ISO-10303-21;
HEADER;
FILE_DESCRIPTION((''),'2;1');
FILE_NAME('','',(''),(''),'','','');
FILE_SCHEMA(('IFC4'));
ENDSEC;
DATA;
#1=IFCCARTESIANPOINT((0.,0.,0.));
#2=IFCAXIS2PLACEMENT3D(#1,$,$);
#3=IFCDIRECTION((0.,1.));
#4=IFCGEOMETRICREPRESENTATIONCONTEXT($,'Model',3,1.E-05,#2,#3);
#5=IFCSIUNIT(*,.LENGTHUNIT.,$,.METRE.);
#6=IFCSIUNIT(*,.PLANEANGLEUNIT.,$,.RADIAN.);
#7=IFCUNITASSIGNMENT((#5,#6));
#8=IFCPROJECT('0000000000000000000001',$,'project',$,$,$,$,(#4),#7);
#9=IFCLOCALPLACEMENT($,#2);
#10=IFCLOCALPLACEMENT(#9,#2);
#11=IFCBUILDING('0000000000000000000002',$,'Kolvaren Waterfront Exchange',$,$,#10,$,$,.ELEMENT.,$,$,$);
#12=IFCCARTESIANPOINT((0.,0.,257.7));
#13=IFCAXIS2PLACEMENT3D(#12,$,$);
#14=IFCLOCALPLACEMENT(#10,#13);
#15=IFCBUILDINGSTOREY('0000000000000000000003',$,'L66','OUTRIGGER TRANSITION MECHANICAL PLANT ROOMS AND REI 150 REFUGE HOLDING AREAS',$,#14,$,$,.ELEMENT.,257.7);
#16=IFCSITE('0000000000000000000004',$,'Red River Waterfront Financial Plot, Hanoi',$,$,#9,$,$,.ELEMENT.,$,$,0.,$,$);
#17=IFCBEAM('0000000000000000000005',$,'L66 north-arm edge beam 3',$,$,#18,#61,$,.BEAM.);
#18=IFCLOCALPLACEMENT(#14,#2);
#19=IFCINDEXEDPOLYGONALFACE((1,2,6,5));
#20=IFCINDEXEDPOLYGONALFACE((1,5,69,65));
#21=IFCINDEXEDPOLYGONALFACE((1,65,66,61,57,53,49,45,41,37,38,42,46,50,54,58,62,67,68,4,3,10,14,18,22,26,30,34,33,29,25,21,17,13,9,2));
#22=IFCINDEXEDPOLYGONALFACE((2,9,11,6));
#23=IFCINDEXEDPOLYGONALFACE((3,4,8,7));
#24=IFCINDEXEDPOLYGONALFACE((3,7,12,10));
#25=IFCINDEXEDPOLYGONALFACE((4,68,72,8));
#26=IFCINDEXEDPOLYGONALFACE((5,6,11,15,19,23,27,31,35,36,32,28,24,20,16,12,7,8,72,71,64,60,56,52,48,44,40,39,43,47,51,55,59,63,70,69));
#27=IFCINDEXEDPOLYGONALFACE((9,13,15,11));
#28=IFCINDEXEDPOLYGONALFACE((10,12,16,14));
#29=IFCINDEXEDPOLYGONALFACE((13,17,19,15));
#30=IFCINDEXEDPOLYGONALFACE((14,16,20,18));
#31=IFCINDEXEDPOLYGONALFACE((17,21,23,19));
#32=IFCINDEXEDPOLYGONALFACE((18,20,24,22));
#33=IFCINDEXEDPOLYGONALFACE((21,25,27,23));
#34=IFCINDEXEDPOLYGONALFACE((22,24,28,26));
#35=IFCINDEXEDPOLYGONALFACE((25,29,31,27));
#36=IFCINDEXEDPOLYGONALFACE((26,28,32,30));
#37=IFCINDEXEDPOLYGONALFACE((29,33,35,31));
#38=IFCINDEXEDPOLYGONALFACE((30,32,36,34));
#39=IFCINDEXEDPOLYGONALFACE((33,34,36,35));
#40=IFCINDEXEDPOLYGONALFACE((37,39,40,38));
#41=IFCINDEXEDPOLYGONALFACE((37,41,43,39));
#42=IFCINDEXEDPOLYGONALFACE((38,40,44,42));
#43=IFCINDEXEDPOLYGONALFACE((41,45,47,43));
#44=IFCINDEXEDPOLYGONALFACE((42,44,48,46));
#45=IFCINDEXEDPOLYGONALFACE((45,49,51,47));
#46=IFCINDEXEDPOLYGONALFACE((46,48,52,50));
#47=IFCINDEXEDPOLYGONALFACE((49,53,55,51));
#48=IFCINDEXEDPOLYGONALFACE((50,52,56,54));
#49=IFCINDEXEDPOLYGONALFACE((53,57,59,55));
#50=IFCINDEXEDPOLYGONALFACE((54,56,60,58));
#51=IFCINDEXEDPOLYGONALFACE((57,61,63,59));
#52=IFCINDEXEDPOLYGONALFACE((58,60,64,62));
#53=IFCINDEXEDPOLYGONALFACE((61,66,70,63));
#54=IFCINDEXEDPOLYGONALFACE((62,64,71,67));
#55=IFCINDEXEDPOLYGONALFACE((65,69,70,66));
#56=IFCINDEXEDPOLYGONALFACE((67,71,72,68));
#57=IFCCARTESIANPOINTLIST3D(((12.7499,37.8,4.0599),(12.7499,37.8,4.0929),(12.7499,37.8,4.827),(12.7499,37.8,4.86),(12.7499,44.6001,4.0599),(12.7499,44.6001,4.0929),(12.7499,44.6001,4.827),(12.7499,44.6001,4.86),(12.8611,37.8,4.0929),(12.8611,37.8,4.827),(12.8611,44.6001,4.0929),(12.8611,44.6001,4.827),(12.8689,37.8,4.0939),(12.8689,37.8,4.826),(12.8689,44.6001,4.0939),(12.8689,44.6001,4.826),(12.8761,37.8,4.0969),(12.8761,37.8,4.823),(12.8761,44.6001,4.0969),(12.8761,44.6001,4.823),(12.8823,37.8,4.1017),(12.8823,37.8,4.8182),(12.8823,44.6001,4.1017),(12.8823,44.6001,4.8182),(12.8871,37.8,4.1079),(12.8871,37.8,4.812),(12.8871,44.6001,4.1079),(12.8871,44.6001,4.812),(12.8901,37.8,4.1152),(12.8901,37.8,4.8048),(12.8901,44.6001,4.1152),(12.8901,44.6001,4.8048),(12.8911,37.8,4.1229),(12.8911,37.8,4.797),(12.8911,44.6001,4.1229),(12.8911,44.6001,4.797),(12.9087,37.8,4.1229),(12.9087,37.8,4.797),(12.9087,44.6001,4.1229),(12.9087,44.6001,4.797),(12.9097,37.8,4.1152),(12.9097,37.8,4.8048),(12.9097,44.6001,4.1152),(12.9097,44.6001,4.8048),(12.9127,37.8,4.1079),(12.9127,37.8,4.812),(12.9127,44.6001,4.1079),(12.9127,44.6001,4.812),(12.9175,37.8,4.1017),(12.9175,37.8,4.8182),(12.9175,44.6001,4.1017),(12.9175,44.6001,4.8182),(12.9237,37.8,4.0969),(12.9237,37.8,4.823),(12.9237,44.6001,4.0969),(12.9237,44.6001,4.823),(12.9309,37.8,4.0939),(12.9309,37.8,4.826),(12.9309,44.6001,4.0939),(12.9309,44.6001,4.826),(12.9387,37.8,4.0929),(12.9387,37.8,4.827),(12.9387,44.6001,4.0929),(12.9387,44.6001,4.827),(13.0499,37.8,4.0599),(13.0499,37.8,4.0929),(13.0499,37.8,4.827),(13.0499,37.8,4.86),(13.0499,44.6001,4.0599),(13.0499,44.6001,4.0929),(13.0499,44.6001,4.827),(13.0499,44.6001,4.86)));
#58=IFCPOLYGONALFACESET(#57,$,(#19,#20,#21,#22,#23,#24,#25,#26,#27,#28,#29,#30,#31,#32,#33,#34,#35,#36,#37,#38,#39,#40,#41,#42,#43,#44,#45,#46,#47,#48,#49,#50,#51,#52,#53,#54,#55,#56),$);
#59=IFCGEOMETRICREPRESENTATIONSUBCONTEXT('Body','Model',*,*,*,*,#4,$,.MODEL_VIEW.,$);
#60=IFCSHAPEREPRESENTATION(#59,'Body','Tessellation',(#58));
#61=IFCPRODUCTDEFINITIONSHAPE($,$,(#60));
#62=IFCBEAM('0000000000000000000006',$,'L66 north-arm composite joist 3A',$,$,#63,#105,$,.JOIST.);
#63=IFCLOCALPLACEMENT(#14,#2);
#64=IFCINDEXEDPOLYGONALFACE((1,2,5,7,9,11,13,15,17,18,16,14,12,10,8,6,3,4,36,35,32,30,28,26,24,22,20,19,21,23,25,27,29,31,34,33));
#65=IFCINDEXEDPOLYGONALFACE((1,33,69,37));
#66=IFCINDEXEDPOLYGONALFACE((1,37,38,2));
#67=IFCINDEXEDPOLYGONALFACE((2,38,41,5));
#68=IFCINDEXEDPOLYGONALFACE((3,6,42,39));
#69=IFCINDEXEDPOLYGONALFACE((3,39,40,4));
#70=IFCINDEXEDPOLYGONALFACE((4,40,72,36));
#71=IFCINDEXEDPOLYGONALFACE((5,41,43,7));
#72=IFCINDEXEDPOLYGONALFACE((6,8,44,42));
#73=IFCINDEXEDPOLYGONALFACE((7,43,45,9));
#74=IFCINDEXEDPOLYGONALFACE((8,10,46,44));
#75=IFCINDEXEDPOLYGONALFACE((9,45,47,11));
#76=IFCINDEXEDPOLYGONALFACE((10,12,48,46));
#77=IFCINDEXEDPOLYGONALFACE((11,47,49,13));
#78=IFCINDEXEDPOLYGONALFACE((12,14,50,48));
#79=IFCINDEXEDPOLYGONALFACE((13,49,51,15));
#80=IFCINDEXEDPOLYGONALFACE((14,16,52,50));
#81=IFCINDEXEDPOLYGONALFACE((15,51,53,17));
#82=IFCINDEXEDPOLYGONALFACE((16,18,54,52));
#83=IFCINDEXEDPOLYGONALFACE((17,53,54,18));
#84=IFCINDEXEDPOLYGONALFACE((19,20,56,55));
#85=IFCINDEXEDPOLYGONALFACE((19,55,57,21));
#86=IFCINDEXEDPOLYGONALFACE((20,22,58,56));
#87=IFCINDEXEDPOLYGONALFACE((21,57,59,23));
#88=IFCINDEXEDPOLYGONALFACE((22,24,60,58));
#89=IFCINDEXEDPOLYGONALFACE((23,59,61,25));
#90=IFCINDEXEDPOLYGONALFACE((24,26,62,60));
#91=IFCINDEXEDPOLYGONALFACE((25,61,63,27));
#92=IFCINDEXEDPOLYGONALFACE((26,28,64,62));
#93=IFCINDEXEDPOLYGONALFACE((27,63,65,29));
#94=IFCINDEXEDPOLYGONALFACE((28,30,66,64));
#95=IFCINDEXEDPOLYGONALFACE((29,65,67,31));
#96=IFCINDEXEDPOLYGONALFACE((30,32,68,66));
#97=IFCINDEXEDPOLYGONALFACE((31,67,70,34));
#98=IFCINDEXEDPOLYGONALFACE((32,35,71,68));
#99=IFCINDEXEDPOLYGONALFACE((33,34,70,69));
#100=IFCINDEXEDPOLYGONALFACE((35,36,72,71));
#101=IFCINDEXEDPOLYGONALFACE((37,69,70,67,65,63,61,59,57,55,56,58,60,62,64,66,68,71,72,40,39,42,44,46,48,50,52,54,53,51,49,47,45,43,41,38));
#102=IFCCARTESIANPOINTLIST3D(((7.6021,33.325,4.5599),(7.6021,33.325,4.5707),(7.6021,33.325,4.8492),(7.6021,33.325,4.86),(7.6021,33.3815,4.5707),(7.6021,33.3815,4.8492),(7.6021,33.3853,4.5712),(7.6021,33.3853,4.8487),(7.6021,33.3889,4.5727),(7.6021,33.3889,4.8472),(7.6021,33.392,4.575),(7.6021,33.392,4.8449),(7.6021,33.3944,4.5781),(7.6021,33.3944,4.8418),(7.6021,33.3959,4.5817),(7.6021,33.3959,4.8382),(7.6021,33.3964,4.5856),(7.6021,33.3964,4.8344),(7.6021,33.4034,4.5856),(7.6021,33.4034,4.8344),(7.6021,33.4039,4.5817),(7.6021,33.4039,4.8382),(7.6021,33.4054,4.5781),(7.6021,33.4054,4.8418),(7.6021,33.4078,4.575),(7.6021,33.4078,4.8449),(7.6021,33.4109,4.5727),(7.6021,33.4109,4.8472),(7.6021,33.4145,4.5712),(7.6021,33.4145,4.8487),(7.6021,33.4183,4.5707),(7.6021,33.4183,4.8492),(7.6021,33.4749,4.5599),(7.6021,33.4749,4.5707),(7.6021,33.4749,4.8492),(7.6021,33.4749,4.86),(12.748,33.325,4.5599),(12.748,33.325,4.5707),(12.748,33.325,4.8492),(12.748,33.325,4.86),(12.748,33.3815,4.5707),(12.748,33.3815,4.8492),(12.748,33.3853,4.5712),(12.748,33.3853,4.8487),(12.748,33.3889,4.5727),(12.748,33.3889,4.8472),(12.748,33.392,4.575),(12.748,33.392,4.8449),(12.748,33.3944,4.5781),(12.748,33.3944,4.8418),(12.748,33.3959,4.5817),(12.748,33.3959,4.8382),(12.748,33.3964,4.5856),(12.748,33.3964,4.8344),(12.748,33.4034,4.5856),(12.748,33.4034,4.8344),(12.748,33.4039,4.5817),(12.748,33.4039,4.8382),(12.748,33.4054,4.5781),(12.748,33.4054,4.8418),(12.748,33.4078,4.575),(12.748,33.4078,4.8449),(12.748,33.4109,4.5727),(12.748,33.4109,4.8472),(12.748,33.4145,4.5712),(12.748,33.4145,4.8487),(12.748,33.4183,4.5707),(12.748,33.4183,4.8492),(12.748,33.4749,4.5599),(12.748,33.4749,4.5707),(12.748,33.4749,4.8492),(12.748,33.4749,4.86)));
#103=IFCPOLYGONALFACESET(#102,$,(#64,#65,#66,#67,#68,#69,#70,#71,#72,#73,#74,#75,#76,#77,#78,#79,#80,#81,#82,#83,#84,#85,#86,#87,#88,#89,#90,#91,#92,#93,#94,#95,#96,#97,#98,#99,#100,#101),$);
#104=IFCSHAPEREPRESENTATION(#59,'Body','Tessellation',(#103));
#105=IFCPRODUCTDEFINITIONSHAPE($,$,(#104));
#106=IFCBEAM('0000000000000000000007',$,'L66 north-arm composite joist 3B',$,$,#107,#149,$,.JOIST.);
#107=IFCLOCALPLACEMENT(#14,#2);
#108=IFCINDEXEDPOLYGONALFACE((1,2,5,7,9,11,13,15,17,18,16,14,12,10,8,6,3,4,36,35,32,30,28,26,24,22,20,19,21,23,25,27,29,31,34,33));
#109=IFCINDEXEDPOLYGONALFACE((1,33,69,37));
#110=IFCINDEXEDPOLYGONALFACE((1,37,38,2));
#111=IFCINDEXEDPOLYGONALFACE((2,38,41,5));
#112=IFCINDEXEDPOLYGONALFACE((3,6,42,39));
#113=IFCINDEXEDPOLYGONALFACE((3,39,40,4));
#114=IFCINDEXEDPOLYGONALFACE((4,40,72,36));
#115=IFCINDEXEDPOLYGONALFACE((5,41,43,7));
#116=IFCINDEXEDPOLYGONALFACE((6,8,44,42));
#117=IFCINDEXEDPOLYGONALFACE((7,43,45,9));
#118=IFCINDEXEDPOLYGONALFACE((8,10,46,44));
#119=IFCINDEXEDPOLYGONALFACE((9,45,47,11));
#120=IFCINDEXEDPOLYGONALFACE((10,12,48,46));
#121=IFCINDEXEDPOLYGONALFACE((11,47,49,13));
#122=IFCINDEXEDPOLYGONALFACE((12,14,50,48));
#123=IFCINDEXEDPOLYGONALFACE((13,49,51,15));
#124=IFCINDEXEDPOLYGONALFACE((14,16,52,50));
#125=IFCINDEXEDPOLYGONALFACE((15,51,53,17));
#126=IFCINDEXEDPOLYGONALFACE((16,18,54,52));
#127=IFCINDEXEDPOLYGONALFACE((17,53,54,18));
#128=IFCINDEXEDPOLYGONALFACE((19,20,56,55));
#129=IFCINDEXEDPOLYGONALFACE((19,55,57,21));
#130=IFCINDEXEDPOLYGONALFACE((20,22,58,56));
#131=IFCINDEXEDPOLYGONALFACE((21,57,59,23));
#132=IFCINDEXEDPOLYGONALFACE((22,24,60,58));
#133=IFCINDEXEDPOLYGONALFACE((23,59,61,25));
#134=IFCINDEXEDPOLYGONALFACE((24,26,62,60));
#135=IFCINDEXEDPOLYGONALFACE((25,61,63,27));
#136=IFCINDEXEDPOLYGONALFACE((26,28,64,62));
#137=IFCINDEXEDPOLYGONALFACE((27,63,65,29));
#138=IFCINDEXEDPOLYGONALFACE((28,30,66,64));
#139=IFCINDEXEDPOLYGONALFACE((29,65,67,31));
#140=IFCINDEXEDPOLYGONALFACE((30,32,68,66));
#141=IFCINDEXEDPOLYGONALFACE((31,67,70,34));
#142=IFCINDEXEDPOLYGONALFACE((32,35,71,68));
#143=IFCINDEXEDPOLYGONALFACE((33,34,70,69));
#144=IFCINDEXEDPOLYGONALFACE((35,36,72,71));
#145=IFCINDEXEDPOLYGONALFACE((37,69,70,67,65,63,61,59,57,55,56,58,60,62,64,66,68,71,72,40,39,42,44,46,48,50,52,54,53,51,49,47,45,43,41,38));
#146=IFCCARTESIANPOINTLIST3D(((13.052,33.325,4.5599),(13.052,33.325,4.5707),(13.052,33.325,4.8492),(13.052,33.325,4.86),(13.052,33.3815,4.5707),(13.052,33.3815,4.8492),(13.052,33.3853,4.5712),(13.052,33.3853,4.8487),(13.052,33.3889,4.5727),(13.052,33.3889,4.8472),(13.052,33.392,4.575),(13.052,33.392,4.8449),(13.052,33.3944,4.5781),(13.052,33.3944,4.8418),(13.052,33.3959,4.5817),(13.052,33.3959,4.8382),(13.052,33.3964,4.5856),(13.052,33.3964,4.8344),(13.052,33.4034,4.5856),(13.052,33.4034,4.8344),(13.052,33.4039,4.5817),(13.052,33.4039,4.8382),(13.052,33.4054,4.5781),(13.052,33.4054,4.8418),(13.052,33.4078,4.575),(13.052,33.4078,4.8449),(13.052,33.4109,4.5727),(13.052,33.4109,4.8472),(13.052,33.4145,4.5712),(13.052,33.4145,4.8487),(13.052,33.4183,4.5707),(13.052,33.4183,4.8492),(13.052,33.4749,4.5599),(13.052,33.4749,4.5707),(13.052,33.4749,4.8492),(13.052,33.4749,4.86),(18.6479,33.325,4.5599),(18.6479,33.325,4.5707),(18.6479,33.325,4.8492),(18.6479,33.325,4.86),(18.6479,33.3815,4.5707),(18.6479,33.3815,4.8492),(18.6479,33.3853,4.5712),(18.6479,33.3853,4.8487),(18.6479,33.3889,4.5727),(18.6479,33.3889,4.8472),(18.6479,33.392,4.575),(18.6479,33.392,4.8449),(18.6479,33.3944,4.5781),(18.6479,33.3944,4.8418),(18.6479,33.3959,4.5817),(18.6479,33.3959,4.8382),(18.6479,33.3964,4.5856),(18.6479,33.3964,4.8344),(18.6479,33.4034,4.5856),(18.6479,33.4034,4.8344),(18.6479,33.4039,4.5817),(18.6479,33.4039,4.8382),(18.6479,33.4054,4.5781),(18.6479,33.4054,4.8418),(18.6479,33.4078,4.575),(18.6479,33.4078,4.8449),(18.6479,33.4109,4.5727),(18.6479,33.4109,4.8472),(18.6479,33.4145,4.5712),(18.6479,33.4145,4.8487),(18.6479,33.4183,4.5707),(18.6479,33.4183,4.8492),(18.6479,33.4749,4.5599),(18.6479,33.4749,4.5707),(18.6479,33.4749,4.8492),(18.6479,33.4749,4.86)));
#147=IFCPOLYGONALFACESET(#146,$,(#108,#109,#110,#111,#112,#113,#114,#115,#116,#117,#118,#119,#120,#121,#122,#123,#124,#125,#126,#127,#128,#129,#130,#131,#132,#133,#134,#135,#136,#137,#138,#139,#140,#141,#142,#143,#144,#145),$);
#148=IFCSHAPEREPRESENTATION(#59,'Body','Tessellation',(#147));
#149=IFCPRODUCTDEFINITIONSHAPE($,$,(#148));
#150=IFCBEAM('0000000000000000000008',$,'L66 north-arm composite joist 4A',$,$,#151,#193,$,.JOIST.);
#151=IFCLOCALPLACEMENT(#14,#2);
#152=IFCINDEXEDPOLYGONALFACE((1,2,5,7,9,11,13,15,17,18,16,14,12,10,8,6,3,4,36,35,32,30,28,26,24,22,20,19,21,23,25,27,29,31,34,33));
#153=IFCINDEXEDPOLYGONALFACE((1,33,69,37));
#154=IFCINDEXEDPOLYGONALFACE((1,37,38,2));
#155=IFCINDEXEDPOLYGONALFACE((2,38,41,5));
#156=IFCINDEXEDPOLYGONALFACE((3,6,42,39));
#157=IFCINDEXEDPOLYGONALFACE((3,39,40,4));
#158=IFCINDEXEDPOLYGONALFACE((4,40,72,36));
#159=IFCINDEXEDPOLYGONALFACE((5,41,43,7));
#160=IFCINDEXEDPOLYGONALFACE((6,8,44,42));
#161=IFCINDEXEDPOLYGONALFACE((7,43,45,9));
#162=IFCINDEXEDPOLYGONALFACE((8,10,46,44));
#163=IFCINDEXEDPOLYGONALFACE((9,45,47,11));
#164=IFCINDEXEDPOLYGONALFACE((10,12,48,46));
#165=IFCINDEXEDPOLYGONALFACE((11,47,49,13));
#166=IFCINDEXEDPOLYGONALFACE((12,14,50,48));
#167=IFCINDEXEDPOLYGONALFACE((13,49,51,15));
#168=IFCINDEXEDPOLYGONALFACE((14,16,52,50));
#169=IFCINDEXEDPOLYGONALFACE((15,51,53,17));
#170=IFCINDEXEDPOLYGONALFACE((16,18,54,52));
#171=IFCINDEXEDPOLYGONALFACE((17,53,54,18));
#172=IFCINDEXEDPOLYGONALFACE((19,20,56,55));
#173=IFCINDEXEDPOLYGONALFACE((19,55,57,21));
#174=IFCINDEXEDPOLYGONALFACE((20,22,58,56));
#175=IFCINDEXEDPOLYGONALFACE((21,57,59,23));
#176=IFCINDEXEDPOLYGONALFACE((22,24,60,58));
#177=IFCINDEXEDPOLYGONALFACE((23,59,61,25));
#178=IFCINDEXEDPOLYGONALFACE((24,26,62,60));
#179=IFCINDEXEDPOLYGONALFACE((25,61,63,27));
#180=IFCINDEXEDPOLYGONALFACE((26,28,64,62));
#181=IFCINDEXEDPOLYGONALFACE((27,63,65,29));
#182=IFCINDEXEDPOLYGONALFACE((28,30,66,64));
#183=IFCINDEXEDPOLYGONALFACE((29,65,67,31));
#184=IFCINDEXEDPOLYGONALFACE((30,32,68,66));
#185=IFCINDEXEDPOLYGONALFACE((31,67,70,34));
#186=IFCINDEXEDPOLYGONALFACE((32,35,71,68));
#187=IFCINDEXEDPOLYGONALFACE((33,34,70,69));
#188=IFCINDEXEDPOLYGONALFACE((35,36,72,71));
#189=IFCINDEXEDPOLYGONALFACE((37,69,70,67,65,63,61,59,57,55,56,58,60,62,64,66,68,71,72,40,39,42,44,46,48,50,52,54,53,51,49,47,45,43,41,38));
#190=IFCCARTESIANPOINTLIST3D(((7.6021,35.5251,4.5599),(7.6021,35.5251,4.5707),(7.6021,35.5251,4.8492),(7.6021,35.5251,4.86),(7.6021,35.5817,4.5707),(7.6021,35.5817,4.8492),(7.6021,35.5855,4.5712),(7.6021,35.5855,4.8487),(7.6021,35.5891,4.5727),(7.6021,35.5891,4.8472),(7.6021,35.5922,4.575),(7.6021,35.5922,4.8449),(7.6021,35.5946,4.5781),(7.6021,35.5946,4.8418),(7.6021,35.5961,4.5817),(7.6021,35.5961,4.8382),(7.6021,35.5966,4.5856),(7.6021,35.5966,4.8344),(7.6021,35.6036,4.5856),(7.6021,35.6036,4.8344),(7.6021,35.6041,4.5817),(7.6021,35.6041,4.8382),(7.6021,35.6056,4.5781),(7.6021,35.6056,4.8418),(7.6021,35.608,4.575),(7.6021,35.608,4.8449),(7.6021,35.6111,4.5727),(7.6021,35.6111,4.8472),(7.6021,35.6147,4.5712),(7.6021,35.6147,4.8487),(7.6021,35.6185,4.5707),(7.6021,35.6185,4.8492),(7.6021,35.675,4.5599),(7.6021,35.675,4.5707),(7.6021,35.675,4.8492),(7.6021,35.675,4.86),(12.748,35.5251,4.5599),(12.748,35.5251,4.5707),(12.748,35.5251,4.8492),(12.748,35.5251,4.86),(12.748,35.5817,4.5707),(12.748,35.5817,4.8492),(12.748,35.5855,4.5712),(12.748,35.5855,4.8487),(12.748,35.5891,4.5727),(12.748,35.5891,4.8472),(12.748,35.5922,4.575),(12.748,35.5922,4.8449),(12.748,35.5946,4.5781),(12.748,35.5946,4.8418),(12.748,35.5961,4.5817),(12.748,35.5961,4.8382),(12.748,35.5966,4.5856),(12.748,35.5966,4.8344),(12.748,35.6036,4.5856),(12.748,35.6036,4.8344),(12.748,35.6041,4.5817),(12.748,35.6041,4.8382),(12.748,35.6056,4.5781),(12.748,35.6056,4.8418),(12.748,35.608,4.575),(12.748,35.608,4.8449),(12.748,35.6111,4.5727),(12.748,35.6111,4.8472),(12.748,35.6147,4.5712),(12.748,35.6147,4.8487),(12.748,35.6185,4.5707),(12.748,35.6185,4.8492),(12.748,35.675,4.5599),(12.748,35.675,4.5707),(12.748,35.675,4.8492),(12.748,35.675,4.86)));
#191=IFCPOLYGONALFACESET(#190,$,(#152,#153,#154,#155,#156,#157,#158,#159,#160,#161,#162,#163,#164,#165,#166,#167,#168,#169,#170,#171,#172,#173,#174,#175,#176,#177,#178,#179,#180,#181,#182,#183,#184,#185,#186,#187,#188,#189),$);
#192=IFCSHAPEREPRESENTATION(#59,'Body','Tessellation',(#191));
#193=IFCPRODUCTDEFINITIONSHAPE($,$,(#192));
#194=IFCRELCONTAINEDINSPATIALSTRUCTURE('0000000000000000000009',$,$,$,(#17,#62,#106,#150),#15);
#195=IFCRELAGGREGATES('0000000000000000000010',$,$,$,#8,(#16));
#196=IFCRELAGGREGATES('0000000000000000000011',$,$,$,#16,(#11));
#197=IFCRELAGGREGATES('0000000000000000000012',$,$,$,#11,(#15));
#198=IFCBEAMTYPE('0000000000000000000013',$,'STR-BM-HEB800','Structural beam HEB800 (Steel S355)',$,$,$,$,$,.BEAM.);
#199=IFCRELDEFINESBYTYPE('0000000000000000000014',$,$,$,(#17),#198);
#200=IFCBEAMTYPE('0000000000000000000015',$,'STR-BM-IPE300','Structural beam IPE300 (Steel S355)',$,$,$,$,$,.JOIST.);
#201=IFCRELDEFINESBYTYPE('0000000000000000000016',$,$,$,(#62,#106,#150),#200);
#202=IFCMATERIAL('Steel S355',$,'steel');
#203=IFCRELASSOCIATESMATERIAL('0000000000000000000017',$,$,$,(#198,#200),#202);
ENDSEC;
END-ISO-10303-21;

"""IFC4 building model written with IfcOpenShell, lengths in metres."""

from ifc_helpers import new_model, si_unit, direction, frame, origin, origin_2d, place, context, subcontext, project, spatial, i_section, extrude, material, material_profile, profile_set, type_object, element, save


model = new_model("IFC4")

# Units and contexts
model_context = context("Model", 3, precision=1e-05, world=origin(), true_north=direction((0.0, 1.0)))
body_context = subcontext(model_context, "Body", "Model", "MODEL_VIEW")
ifc_project = project(units=[si_unit("LENGTHUNIT", "METRE"), si_unit("PLANEANGLEUNIT", "RADIAN")], contexts=[model_context])

# Site, building, storey
site_placement = place(None, origin())
site = spatial("IfcSite", under=ifc_project, at=site_placement, Name="Red River Waterfront Financial Plot, Hanoi", CompositionType="ELEMENT", RefElevation=0.0)
building_placement = place(site_placement, origin())
building = spatial("IfcBuilding", under=site, at=building_placement, Name="Kolvaren Waterfront Exchange", CompositionType="ELEMENT")
storey_placement = place(building_placement, frame((0.0, 0.0, 257.7)))
storey = spatial("IfcBuildingStorey", under=building, at=storey_placement, Name="L66", Description="OUTRIGGER TRANSITION MECHANICAL PLANT ROOMS AND REI 150 REFUGE HOLDING AREAS", CompositionType="ELEMENT", Elevation=257.7)

# Beams
ifc_material_1 = material(Name="Steel S355", Category="steel")
ifc_material_profile_1 = material_profile(ifc_material_1, i_section(OverallWidth=0.3, OverallDepth=0.8, WebThickness=0.0176, FlangeThickness=0.033, FilletRadius=0.03, at=origin_2d()), Name="HEB800")
ifc_profile_set_1 = profile_set([ifc_material_profile_1], Name="Steel S355")
beam_type_1 = type_object("IfcBeamType", Name="STR-BM-HEB800", Description="Structural beam HEB800 (Steel S355)", PredefinedType="BEAM", material=ifc_profile_set_1)
beam_1_placement = place(storey_placement, frame((12.8999, 37.8, 4.46), z_axis=(0.0, 1.0, 0.0), x_axis=(-1.0, 0.0, 0.0)))
element("IfcBeam", 1, at=beam_1_placement, inside=storey, type_object=beam_type_1, Name="L66 north-arm edge beam 3", PredefinedType="BEAM", context=body_context, shape_type="SweptSolid", body=[
    extrude(i_section(OverallWidth=0.3, OverallDepth=0.8, WebThickness=0.0176, FlangeThickness=0.033, FilletRadius=0.03, at=origin_2d()), origin(), (0.0, 0.0, 1.0), 6.8),
])
ifc_material_profile_2 = material_profile(ifc_material_1, i_section(OverallWidth=0.1499, OverallDepth=0.3, WebThickness=0.0071, FlangeThickness=0.0107, FilletRadius=0.0149, at=origin_2d()), Name="IPE300")
ifc_profile_set_2 = profile_set([ifc_material_profile_2], Name="Steel S355")
beam_type_2 = type_object("IfcBeamType", Name="STR-BM-IPE300", Description="Structural beam IPE300 (Steel S355)", PredefinedType="JOIST", material=ifc_profile_set_2)
beam_2_placement = place(storey_placement, frame((7.6021, 33.3999, 4.71), z_axis=(1.0, 0.0, 0.0), x_axis=(0.0, 1.0, 0.0)))
element("IfcBeam", 2, at=beam_2_placement, inside=storey, type_object=beam_type_2, Name="L66 north-arm composite joist 3A", PredefinedType="JOIST", context=body_context, shape_type="SweptSolid", body=[
    extrude(i_section(OverallWidth=0.1499, OverallDepth=0.3, WebThickness=0.0071, FlangeThickness=0.0107, FilletRadius=0.0149, at=origin_2d()), origin(), (0.0, 0.0, 1.0), 5.146),
])
beam_3_placement = place(storey_placement, frame((13.052, 33.3999, 4.71), z_axis=(1.0, 0.0, 0.0), x_axis=(0.0, 1.0, 0.0)))
element("IfcBeam", 3, at=beam_3_placement, inside=storey, type_object=beam_type_2, Name="L66 north-arm composite joist 3B", PredefinedType="JOIST", context=body_context, shape_type="SweptSolid", body=[
    extrude(i_section(OverallWidth=0.1499, OverallDepth=0.3, WebThickness=0.0071, FlangeThickness=0.0107, FilletRadius=0.0149, at=origin_2d()), origin(), (0.0, 0.0, 1.0), 5.5959),
])
beam_4_placement = place(storey_placement, frame((7.6021, 35.6001, 4.71), z_axis=(1.0, 0.0, 0.0), x_axis=(0.0, 1.0, 0.0)))
element("IfcBeam", 4, at=beam_4_placement, inside=storey, type_object=beam_type_2, Name="L66 north-arm composite joist 4A", PredefinedType="JOIST", context=body_context, shape_type="SweptSolid", body=[
    extrude(i_section(OverallWidth=0.1499, OverallDepth=0.3, WebThickness=0.0071, FlangeThickness=0.0107, FilletRadius=0.0149, at=origin_2d()), origin(), (0.0, 0.0, 1.0), 5.146),
])

save(model, "model.ifc")
